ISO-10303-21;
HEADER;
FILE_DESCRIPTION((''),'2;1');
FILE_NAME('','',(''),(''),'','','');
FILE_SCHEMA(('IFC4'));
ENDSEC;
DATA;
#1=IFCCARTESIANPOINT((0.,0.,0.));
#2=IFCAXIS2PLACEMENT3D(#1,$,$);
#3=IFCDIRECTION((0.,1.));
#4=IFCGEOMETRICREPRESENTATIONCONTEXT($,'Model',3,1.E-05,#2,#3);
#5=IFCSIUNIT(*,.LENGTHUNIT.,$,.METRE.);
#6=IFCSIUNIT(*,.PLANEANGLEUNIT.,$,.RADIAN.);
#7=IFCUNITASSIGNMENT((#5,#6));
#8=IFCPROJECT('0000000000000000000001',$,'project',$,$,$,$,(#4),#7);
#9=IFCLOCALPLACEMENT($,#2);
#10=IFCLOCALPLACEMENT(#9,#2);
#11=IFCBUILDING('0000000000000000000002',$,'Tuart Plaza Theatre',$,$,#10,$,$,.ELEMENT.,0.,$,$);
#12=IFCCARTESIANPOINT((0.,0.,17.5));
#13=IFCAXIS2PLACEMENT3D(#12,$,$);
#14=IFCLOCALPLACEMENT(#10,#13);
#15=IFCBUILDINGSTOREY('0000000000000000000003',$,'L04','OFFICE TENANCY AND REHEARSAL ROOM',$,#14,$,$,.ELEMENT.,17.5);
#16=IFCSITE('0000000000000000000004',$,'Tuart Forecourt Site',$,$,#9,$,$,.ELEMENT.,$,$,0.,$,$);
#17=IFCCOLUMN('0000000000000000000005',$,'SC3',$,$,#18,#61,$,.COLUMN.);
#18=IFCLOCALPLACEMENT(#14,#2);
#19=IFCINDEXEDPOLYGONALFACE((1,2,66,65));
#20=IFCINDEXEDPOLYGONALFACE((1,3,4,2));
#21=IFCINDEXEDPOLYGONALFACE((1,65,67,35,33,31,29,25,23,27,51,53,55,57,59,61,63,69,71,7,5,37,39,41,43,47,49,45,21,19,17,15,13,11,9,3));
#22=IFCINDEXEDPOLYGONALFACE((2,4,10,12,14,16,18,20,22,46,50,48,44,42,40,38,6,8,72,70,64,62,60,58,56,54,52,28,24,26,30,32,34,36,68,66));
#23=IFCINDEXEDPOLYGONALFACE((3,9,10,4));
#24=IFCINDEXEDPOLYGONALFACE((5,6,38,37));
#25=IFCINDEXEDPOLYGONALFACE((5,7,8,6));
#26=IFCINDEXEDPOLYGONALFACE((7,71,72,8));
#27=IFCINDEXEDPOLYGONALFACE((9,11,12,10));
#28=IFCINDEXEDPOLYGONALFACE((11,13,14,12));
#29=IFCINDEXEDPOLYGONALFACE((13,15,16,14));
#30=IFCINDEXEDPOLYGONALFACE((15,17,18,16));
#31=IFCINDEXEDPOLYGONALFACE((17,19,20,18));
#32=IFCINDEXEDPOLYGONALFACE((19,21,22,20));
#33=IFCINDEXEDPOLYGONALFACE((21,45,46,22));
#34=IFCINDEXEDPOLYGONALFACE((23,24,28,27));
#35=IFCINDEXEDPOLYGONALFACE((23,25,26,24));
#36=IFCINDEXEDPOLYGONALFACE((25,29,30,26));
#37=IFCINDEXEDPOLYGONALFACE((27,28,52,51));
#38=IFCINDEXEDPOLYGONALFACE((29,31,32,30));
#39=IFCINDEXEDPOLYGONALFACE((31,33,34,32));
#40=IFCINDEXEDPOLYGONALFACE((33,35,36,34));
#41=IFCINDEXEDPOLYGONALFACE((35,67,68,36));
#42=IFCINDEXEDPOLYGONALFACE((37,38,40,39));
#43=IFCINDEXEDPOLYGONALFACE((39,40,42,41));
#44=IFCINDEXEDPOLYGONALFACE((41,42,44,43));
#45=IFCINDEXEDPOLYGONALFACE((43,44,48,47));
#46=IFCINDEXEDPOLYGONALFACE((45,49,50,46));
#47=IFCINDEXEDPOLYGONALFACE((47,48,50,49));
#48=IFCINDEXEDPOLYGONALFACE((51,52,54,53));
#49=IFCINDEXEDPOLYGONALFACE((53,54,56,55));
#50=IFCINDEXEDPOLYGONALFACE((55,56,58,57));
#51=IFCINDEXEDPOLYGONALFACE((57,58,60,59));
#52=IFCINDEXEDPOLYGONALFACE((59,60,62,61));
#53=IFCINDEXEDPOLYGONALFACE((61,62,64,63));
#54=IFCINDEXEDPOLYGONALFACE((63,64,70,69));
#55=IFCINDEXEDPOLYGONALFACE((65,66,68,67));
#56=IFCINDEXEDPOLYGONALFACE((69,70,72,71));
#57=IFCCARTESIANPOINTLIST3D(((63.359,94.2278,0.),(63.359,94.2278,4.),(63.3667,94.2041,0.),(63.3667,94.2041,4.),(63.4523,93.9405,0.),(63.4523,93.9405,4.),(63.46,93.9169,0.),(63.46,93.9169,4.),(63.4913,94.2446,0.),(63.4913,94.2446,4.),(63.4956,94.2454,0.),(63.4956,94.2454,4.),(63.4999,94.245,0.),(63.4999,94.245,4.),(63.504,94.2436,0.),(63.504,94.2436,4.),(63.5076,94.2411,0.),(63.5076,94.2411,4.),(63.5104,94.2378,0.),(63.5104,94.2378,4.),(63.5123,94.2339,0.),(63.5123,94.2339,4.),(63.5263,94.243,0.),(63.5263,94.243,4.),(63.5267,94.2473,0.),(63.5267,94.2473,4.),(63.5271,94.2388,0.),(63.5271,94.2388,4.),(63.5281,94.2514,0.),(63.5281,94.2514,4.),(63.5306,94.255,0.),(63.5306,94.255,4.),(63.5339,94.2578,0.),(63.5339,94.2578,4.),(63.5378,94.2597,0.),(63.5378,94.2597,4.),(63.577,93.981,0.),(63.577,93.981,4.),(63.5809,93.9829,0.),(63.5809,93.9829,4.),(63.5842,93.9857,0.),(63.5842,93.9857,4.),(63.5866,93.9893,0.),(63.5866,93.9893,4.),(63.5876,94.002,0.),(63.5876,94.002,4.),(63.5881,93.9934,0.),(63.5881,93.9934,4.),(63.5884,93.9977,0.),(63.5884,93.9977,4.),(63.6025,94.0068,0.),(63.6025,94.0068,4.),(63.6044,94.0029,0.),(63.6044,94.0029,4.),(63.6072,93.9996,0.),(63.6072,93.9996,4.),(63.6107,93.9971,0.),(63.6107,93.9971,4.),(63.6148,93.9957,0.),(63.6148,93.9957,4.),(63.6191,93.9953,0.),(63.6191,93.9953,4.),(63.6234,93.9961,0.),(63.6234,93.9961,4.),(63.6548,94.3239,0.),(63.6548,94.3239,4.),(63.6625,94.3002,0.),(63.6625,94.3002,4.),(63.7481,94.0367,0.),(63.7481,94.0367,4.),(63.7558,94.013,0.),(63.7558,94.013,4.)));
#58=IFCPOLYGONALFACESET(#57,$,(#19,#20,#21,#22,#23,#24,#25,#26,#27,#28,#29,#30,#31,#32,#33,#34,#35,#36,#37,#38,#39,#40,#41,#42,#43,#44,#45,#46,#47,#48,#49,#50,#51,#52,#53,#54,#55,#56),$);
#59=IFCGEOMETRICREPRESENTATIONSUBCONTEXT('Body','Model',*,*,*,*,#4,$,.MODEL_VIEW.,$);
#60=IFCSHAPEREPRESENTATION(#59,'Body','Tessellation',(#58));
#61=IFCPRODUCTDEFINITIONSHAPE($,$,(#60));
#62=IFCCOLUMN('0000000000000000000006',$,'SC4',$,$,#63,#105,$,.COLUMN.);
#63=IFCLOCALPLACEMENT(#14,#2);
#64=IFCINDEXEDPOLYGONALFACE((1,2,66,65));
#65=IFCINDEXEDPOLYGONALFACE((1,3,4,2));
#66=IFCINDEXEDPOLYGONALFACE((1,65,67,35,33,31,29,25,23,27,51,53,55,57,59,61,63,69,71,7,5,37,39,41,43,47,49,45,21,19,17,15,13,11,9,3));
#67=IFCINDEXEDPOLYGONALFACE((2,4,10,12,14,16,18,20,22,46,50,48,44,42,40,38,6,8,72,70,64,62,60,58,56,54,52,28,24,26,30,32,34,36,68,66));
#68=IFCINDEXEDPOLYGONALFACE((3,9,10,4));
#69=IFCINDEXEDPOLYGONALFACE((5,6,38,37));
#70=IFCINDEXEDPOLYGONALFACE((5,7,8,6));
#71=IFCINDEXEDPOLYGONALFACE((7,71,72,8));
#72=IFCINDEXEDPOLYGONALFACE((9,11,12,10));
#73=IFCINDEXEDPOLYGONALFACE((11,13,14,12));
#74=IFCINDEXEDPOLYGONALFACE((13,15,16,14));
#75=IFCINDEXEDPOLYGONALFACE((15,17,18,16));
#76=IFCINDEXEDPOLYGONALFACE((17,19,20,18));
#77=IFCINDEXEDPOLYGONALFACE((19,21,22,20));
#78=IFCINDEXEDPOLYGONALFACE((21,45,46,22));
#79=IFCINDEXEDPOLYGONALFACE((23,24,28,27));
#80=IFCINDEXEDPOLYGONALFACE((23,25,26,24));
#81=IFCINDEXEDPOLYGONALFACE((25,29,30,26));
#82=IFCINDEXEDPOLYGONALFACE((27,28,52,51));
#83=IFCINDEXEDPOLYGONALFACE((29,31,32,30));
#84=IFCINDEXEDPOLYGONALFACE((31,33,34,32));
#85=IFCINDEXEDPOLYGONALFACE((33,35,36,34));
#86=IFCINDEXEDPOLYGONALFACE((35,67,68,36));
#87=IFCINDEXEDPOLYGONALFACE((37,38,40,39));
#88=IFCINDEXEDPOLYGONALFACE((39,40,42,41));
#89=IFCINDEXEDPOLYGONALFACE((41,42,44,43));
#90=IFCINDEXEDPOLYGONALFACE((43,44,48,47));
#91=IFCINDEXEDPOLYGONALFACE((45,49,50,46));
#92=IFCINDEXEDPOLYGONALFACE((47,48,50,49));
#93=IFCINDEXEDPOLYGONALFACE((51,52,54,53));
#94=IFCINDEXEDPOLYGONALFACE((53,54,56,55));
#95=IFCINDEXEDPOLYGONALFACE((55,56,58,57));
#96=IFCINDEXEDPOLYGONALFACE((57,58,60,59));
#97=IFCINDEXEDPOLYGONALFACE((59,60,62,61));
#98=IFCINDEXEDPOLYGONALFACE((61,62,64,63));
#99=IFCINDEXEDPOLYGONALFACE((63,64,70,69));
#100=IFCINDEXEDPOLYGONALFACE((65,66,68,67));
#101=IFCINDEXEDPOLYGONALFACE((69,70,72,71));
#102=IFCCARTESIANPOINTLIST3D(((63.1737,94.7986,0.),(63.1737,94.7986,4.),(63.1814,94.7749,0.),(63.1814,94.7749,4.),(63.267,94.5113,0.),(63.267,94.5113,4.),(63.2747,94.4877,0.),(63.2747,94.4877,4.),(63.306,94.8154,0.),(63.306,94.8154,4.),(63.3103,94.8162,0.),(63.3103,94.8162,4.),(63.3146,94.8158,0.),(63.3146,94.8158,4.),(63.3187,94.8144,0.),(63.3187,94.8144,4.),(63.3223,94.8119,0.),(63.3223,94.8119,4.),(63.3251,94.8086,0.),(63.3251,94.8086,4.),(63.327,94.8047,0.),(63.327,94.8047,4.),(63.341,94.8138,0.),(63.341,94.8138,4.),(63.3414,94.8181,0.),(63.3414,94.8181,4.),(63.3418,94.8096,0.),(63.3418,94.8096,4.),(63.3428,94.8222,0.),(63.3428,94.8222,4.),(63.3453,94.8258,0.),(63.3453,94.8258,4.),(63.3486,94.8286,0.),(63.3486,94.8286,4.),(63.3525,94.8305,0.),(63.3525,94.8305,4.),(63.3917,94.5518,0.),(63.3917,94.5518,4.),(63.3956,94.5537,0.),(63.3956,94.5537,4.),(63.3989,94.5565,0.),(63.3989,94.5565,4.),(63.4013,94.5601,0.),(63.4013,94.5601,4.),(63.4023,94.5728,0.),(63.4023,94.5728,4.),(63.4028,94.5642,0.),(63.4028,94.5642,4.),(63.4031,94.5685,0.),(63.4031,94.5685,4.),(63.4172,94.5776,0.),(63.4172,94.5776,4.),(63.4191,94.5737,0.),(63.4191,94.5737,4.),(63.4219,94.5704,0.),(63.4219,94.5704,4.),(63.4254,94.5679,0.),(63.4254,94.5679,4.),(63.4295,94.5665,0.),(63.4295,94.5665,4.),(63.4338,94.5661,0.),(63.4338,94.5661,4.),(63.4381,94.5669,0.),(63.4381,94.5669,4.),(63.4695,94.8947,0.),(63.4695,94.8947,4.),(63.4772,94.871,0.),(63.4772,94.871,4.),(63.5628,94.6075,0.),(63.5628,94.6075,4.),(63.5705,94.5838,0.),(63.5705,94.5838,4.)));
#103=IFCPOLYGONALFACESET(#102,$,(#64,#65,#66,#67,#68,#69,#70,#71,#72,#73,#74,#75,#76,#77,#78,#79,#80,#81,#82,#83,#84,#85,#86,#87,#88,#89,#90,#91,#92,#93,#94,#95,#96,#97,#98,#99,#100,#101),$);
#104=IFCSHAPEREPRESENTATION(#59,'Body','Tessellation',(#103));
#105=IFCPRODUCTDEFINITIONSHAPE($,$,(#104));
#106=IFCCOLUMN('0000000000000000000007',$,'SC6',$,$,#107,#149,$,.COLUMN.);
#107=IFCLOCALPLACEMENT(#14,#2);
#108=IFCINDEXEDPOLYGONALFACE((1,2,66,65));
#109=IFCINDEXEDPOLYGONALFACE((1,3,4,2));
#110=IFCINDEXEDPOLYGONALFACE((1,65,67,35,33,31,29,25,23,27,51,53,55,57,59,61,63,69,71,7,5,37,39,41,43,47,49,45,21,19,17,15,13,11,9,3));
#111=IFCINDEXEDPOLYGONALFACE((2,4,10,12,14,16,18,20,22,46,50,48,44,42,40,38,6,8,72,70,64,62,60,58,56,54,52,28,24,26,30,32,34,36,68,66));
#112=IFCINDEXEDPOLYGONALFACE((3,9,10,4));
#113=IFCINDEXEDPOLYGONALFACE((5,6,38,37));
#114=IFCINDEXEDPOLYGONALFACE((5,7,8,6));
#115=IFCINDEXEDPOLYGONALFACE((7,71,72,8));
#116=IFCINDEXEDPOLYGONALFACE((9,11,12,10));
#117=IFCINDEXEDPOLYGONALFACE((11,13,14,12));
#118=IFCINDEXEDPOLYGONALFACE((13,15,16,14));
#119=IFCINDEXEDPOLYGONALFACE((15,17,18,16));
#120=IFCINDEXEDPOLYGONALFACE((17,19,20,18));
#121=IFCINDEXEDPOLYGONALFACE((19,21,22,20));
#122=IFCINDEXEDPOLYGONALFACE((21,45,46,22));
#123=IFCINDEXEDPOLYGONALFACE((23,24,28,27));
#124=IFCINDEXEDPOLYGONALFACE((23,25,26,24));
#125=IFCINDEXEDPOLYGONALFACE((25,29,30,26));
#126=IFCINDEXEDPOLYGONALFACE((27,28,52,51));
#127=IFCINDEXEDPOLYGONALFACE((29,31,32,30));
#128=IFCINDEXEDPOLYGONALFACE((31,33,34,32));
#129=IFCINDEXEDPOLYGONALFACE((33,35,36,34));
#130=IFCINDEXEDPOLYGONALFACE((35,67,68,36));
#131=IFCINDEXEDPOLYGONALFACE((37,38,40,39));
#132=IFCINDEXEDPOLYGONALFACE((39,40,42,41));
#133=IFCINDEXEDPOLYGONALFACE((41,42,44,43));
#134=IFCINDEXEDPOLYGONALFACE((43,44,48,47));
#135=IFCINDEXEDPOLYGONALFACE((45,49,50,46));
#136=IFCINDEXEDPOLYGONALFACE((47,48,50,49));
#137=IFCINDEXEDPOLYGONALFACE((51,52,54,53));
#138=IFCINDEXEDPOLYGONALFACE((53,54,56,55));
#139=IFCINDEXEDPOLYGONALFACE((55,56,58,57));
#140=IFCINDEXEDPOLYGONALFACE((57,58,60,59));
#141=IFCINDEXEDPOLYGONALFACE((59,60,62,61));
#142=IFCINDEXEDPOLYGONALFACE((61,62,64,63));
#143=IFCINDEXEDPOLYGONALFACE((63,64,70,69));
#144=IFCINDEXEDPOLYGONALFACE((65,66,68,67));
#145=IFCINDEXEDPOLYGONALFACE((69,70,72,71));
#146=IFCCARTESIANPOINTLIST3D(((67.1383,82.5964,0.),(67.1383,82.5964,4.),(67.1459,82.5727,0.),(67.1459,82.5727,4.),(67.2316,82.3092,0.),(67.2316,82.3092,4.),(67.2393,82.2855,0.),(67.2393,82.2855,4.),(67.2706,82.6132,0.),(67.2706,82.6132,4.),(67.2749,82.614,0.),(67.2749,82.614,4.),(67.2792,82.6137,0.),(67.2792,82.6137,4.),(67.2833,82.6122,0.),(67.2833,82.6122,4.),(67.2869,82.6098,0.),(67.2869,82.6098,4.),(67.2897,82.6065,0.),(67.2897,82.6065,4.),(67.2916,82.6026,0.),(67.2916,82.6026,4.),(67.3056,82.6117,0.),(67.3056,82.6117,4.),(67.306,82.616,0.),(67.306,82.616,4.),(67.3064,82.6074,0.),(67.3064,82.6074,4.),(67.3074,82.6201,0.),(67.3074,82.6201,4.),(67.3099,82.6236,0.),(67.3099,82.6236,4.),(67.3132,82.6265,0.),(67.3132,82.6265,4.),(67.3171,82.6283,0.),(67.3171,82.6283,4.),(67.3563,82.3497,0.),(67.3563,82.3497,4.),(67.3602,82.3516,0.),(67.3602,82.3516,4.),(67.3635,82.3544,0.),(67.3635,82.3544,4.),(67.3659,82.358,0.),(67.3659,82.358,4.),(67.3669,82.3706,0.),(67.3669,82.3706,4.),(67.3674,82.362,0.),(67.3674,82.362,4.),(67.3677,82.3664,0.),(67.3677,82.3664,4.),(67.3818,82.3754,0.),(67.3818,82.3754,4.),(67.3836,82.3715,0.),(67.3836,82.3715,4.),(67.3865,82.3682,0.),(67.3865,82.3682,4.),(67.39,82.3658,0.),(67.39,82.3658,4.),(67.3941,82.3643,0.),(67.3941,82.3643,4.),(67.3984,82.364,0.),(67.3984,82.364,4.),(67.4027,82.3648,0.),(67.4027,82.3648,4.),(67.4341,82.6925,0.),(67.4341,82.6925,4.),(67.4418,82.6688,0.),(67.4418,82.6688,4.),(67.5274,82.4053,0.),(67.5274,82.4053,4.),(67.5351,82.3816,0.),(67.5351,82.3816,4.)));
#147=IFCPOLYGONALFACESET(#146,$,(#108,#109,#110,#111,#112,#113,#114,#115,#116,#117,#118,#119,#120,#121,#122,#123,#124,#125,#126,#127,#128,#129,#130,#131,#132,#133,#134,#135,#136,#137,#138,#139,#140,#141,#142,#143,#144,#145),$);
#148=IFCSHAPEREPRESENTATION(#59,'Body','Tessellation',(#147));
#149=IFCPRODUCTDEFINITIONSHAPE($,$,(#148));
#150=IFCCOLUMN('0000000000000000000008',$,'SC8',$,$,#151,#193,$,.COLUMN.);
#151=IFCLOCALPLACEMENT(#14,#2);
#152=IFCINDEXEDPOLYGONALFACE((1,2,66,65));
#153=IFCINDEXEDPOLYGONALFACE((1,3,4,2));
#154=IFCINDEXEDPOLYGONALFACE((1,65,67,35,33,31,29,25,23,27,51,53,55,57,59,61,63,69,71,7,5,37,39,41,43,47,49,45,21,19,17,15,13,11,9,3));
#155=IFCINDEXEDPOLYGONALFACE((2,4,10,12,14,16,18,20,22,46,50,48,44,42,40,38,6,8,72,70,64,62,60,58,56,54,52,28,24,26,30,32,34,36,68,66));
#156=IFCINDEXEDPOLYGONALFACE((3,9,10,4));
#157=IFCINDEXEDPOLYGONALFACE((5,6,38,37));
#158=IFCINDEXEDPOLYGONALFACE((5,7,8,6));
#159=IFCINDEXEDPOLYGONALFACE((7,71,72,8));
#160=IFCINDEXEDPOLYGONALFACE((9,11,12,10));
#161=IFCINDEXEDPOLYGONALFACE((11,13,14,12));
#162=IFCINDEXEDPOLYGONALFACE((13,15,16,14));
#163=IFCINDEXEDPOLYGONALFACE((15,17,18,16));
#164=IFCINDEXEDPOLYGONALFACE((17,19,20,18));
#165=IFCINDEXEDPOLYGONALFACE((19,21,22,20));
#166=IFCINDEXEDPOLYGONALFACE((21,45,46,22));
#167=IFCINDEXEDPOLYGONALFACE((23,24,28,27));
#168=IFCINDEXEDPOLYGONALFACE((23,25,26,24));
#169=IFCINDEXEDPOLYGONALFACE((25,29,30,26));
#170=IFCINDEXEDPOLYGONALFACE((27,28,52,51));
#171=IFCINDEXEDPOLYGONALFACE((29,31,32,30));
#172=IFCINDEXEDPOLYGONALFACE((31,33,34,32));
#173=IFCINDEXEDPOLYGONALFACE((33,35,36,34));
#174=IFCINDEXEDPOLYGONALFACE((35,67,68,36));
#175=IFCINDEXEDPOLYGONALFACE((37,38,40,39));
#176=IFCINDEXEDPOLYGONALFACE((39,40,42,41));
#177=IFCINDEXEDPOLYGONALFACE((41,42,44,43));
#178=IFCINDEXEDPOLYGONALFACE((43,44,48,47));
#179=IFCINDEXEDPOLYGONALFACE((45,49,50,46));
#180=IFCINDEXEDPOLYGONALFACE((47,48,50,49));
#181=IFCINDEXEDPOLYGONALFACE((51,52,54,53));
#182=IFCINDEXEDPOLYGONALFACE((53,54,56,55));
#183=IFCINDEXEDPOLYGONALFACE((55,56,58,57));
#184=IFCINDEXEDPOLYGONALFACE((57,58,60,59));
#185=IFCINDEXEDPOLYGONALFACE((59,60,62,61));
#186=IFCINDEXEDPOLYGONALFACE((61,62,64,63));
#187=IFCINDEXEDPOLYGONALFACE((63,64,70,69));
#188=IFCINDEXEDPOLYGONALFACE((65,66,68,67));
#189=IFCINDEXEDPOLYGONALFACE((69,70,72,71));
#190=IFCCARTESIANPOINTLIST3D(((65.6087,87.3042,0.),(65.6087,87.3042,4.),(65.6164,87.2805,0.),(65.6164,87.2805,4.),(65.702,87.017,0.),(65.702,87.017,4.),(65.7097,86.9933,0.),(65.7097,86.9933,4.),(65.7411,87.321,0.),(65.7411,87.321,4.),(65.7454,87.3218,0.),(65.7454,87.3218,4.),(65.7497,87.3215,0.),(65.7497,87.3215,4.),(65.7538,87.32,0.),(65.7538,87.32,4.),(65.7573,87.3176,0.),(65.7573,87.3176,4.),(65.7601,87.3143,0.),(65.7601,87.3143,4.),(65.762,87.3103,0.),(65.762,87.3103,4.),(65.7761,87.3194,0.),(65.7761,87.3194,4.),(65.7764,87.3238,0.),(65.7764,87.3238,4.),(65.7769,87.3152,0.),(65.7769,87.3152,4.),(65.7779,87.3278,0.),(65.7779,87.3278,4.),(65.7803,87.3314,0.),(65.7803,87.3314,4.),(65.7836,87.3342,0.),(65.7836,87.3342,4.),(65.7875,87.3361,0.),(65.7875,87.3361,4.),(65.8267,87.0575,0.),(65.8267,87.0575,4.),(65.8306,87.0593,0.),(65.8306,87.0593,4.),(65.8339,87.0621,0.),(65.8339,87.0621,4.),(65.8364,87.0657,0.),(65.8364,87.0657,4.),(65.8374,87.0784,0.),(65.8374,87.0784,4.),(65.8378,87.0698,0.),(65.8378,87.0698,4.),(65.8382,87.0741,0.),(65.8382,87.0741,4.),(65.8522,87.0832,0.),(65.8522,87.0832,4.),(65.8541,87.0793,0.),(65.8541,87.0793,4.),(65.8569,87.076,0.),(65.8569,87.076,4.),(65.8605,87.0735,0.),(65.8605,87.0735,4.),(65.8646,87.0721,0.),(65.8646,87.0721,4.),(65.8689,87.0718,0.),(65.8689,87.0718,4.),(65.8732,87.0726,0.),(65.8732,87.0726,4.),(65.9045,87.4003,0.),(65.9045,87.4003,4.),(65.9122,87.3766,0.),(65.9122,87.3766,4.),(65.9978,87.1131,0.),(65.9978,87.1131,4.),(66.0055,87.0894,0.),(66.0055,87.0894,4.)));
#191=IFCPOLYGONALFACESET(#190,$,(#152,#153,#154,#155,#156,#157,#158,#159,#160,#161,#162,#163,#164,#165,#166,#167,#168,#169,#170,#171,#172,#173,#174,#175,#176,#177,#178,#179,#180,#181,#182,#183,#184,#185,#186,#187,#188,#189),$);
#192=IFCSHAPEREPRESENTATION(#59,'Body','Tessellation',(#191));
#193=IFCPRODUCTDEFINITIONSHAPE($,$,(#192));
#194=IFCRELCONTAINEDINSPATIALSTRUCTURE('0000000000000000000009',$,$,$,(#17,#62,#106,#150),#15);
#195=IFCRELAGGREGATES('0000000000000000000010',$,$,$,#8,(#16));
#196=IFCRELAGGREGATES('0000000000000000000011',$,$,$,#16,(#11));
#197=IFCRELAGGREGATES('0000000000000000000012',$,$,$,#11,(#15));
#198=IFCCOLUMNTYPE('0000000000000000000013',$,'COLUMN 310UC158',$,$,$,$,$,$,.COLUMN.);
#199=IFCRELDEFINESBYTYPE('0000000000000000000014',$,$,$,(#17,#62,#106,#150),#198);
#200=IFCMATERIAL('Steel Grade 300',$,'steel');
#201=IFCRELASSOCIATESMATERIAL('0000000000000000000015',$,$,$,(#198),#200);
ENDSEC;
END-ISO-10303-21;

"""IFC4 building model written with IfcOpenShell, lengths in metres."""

from ifc_helpers import new_model, si_unit, direction, frame, origin, origin_2d, place, context, subcontext, project, spatial, i_section, extrude, material, material_profile, profile_set, type_object, element, save


model = new_model("IFC4")

# Units and contexts
model_context = context("Model", 3, precision=1e-05, world=origin(), true_north=direction((0.0, 1.0)))
body_context = subcontext(model_context, "Body", "Model", "MODEL_VIEW")
ifc_project = project(units=[si_unit("LENGTHUNIT", "METRE"), si_unit("PLANEANGLEUNIT", "RADIAN")], contexts=[model_context])

# Site, building, storey
site_placement = place(None, origin())
site = spatial("IfcSite", under=ifc_project, at=site_placement, Name="Tuart Forecourt Site", CompositionType="ELEMENT", RefElevation=0.0)
building_placement = place(site_placement, origin())
building = spatial("IfcBuilding", under=site, at=building_placement, Name="Tuart Plaza Theatre", CompositionType="ELEMENT", ElevationOfRefHeight=0.0)
storey_placement = place(building_placement, frame((0.0, 0.0, 17.5)))
storey = spatial("IfcBuildingStorey", under=building, at=storey_placement, Name="L04", Description="OFFICE TENANCY AND REHEARSAL ROOM", CompositionType="ELEMENT", Elevation=17.5)

# Columns
ifc_material_1 = material(Name="Steel Grade 300", Category="steel")
ifc_material_profile_1 = material_profile(ifc_material_1, i_section(OverallWidth=0.311, OverallDepth=0.3269, WebThickness=0.0156, FlangeThickness=0.0249, FilletRadius=0.0166, at=origin_2d()), Name="310UC158")
ifc_profile_set_1 = profile_set([ifc_material_profile_1], Name="Steel Grade 300")
column_type = type_object("IfcColumnType", Name="COLUMN 310UC158", PredefinedType="COLUMN", material=ifc_profile_set_1)
for number, where, z_axis, x_axis, name in (
    (1, (63.5574, 94.1204, 0.0), (0.0, 0.0, 1.0), (0.951057, 0.309017, 0.0), "SC3"),
    (2, (63.3721, 94.6912, 0.0), (0.0, 0.0, 1.0), (0.951057, 0.309017, 0.0), "SC4"),
    (3, (67.3367, 82.489, 0.0), (0.0, 0.0, 1.0), (0.951057, 0.309017, 0.0), "SC6"),
    (4, (65.8071, 87.1968, 0.0), (0.0, 0.0, 1.0), (0.951057, 0.309017, 0.0), "SC8"),
):
    element("IfcColumn", number, at=place(storey_placement, frame(where, z_axis=z_axis, x_axis=x_axis)), inside=storey, type_object=column_type, Name=name, PredefinedType="COLUMN", context=body_context, shape_type="SweptSolid", body=[
        extrude(i_section(OverallWidth=0.311, OverallDepth=0.3269, WebThickness=0.0156, FlangeThickness=0.0249, FilletRadius=0.0166, at=origin_2d()), origin(), (0.0, 0.0, 1.0), 4.0),
    ])

save(model, "model.ifc")
